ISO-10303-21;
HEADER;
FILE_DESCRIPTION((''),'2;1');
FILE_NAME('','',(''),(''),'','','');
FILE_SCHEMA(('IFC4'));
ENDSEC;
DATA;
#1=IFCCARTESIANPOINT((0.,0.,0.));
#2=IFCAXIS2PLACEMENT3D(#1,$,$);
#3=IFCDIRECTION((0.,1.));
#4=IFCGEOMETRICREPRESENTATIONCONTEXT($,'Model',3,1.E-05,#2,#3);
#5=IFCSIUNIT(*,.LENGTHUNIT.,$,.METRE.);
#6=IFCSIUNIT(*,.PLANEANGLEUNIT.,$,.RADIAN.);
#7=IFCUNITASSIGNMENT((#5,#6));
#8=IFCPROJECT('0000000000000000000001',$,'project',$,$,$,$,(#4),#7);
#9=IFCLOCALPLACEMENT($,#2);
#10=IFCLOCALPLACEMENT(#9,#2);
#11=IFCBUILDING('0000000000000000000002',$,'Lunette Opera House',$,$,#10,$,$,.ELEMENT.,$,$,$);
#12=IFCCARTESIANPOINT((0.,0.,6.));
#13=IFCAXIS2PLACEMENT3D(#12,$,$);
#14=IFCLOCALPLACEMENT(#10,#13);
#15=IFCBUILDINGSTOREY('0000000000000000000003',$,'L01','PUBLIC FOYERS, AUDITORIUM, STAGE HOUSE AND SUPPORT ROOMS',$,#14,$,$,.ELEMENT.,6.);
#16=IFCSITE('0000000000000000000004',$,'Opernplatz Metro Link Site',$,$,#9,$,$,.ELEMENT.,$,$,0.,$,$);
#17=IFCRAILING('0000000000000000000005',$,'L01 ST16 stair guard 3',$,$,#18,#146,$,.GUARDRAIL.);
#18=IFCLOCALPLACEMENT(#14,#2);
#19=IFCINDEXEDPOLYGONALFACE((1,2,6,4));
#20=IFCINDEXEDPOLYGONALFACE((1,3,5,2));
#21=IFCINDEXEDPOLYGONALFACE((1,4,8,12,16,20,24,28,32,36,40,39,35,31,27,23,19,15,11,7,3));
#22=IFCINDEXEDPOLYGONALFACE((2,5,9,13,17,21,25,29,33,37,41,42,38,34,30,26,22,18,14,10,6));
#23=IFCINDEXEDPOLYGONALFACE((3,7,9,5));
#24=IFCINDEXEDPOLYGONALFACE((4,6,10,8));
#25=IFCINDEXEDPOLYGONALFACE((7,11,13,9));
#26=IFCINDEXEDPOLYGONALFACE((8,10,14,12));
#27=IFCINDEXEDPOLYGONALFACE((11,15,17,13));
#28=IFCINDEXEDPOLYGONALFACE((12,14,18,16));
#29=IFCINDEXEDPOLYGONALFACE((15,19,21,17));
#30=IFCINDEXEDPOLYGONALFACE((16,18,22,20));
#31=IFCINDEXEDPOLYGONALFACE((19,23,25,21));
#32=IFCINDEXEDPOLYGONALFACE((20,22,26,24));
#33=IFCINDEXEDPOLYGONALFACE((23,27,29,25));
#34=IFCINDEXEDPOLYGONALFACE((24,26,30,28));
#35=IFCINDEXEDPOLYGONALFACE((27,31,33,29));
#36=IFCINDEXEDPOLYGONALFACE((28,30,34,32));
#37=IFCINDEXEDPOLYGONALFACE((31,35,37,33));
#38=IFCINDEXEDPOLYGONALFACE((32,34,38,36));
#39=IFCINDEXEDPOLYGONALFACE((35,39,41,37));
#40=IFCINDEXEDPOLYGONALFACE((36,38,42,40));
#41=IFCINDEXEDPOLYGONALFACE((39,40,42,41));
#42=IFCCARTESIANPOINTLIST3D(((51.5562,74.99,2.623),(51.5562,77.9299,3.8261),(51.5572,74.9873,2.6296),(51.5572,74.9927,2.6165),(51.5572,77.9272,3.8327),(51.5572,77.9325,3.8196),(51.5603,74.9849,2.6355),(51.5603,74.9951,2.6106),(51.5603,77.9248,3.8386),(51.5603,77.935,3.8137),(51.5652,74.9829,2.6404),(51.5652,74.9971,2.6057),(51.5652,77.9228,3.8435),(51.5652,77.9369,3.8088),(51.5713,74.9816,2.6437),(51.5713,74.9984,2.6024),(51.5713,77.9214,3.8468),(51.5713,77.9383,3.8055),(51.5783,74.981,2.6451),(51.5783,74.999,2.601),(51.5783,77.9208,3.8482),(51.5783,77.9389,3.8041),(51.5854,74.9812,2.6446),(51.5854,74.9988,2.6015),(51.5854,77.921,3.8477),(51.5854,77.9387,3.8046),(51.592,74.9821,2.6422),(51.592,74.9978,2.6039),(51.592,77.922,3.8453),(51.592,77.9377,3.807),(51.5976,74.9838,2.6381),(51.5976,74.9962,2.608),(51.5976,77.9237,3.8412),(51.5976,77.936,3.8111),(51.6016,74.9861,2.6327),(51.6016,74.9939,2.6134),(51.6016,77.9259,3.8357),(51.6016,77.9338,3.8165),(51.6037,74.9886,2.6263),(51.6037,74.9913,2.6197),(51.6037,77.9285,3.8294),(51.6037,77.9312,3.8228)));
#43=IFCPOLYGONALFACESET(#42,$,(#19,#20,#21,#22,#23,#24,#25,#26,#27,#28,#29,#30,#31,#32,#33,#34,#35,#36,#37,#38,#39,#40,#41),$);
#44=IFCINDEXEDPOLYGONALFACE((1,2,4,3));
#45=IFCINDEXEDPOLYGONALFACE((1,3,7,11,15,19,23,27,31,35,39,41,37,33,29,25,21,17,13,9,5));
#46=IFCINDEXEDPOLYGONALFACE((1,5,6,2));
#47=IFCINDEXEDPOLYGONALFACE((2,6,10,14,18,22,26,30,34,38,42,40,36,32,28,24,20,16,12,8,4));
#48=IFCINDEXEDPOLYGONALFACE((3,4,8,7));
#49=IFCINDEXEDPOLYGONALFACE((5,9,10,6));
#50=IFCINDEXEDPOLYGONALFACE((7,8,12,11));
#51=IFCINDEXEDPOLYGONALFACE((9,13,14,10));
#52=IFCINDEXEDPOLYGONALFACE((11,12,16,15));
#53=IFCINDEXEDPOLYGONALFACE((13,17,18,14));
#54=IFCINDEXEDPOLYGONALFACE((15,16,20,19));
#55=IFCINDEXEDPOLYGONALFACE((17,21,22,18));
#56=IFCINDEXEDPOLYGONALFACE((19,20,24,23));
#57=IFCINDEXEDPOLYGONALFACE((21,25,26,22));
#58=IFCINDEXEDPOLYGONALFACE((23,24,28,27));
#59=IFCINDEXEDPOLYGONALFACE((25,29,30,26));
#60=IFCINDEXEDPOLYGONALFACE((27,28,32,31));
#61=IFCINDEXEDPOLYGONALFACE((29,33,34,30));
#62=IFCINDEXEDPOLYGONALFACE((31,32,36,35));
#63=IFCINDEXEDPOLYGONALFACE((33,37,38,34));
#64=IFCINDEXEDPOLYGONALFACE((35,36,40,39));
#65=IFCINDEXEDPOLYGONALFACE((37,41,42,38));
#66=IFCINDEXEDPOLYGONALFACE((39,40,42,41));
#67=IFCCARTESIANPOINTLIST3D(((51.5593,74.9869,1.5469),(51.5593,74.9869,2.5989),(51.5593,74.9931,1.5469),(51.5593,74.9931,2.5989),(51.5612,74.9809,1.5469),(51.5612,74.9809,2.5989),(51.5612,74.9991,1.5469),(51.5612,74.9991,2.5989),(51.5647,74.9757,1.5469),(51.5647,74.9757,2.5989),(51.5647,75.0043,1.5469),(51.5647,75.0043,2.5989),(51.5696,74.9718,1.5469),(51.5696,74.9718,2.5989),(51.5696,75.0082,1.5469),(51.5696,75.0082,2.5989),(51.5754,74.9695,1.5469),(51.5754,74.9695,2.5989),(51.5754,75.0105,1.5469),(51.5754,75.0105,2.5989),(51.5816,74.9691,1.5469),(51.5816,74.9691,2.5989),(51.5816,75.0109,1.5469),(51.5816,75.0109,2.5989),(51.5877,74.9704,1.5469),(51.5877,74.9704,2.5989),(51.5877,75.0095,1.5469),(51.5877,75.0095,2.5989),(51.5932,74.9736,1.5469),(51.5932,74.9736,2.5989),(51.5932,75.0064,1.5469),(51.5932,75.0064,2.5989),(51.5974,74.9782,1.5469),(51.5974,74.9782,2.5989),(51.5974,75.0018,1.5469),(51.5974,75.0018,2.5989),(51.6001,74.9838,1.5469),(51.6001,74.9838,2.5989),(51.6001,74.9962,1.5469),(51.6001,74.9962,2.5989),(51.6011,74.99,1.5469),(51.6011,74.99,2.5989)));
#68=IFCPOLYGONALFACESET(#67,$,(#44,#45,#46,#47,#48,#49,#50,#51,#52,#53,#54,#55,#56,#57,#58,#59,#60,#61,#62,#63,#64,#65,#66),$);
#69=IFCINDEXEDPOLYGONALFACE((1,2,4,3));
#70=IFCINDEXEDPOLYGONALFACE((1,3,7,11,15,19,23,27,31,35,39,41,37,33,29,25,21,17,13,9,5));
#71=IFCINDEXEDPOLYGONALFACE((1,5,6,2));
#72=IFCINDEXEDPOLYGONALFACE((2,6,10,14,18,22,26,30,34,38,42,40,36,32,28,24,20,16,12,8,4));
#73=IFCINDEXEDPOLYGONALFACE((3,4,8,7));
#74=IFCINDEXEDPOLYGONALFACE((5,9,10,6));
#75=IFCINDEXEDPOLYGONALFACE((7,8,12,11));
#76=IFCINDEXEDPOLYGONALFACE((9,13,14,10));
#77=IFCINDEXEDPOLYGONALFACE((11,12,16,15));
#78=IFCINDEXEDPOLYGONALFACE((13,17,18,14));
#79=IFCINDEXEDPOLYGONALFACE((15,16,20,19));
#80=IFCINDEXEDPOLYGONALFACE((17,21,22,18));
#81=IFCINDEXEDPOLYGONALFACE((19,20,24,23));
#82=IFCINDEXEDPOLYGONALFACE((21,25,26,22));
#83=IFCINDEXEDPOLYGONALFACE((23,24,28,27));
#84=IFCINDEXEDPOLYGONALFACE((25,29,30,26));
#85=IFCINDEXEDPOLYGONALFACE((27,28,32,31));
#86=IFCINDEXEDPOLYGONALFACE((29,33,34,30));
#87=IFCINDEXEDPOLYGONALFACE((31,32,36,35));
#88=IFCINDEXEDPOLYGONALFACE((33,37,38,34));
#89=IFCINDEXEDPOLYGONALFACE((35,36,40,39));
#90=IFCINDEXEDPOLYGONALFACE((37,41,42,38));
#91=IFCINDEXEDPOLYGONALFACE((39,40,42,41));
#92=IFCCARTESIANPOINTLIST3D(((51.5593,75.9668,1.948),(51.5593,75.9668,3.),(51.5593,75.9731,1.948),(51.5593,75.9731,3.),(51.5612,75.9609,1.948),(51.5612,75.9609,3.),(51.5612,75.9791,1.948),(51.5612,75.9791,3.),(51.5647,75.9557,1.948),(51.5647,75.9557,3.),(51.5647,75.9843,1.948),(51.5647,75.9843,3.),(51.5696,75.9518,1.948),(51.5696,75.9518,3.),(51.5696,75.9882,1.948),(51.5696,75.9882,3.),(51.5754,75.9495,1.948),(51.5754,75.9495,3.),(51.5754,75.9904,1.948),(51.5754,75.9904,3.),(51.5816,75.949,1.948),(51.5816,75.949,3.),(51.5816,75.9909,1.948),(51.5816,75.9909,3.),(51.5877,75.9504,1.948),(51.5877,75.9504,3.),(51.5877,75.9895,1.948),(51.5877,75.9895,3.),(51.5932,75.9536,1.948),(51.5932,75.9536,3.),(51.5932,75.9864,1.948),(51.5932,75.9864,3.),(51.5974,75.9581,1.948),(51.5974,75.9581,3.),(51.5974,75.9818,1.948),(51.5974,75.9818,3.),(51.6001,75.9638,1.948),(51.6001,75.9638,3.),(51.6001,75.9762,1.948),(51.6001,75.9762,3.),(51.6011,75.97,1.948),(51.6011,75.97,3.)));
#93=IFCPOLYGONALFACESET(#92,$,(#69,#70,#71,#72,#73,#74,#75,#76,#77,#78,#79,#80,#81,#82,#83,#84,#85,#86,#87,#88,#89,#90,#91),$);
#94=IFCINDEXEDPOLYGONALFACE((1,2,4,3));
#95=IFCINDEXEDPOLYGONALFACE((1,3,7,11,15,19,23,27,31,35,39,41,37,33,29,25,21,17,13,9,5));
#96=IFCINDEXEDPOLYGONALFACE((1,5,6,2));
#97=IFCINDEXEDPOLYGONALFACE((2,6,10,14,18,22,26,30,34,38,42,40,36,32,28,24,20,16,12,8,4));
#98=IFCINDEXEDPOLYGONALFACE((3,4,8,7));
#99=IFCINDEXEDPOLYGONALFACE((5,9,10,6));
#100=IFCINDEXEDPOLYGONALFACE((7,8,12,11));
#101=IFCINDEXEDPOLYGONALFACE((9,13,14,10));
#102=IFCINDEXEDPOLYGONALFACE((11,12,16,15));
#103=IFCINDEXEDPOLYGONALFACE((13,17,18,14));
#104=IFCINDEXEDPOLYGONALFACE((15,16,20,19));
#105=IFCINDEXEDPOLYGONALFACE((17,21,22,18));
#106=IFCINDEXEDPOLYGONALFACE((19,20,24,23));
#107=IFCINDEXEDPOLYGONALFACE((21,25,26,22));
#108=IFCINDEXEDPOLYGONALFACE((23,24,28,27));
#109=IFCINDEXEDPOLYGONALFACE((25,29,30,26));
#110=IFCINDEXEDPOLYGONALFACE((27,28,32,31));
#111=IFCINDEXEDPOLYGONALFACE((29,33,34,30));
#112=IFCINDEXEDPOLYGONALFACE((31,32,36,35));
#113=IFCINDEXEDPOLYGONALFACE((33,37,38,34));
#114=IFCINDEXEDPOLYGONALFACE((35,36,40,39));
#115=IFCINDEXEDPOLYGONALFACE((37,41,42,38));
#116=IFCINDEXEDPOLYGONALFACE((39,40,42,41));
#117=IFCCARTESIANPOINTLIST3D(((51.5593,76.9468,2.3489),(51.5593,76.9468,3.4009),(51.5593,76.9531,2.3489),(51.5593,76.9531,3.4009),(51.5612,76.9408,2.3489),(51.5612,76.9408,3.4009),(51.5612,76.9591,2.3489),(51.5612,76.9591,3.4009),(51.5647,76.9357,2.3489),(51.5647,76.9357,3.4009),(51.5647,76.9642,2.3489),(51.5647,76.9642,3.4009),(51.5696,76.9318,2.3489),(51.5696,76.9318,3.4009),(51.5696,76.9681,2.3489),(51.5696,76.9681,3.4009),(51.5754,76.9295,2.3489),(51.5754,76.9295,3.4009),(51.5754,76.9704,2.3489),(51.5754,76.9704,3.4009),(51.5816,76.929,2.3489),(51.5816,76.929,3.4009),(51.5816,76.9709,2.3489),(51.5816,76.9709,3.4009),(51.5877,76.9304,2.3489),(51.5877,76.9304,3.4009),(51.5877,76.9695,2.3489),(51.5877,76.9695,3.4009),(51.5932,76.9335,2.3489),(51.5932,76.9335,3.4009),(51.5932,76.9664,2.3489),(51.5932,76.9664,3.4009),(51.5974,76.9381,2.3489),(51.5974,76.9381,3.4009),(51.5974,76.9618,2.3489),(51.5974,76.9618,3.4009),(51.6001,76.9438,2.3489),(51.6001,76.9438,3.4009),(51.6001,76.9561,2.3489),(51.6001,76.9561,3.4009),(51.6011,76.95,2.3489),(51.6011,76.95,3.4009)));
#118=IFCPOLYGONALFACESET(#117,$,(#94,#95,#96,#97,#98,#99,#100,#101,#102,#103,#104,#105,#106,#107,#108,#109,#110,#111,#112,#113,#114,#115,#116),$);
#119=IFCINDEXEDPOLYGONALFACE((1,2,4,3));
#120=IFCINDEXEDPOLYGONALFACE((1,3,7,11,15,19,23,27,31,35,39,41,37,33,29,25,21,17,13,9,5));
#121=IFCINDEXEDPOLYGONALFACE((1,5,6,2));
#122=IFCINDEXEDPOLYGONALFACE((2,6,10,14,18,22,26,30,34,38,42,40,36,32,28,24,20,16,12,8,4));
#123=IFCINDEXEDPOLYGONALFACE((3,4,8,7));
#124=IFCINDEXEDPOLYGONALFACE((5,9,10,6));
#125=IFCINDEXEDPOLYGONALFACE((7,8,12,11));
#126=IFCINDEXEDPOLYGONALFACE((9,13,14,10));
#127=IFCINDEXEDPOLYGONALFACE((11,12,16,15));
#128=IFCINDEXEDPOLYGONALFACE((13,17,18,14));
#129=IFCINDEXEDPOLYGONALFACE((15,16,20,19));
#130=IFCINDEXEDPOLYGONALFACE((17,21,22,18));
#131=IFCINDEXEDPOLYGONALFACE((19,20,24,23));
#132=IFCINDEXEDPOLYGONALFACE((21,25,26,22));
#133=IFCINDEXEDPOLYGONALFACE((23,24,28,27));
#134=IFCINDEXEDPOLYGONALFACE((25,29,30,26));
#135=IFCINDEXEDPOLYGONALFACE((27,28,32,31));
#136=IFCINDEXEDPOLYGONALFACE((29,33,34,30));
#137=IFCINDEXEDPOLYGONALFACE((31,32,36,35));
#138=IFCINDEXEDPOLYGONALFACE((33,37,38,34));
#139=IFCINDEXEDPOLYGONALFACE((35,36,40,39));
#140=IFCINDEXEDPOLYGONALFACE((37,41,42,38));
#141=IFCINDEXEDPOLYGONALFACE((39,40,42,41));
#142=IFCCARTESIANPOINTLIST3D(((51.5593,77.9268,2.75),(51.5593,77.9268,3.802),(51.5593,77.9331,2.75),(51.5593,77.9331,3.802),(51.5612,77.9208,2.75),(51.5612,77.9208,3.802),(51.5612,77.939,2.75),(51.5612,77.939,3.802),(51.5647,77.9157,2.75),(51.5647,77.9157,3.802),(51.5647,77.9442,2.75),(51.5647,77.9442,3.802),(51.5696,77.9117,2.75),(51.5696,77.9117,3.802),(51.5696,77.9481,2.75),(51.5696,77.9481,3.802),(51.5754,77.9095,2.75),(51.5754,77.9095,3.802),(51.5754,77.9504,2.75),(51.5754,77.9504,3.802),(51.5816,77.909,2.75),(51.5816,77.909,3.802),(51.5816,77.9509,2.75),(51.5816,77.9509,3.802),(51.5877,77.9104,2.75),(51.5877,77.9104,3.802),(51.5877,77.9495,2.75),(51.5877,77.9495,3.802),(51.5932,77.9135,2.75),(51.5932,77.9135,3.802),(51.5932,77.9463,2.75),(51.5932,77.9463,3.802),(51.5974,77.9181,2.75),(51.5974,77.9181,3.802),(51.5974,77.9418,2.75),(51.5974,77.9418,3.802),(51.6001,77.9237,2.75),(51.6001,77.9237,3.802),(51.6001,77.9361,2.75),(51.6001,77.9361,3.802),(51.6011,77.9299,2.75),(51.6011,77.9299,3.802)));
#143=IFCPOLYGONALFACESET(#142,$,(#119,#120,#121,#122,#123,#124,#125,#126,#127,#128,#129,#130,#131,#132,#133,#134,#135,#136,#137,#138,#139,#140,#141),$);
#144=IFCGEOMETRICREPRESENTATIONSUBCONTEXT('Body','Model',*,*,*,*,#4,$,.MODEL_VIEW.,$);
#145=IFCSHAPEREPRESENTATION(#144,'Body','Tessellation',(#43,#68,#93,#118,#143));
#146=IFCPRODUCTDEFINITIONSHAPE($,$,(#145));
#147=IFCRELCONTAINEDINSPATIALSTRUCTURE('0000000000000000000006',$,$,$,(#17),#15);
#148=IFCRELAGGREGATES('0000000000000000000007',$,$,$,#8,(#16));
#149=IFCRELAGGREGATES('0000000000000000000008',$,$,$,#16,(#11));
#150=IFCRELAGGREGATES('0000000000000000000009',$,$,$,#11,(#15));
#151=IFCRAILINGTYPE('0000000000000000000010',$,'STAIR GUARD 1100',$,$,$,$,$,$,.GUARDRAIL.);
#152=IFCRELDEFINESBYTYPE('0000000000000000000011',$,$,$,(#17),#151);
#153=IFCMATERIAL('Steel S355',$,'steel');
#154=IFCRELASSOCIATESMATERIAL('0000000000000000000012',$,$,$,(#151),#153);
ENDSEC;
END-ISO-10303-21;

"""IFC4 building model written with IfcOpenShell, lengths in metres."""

from ifc_helpers import new_model, si_unit, direction, frame, origin, origin_2d, place, context, subcontext, project, spatial, circle, extrude, material, type_object, element, save


model = new_model("IFC4")

# Units and contexts
model_context = context("Model", 3, precision=1e-05, world=origin(), true_north=direction((0.0, 1.0)))
body_context = subcontext(model_context, "Body", "Model", "MODEL_VIEW")
ifc_project = project(units=[si_unit("LENGTHUNIT", "METRE"), si_unit("PLANEANGLEUNIT", "RADIAN")], contexts=[model_context])

# Site, building, storey
site_placement = place(None, origin())
site = spatial("IfcSite", under=ifc_project, at=site_placement, Name="Opernplatz Metro Link Site", CompositionType="ELEMENT", RefElevation=0.0)
building_placement = place(site_placement, origin())
building = spatial("IfcBuilding", under=site, at=building_placement, Name="Lunette Opera House", CompositionType="ELEMENT")
storey_placement = place(building_placement, frame((0.0, 0.0, 6.0)))
storey = spatial("IfcBuildingStorey", under=building, at=storey_placement, Name="L01", Description="PUBLIC FOYERS, AUDITORIUM, STAGE HOUSE AND SUPPORT ROOMS", CompositionType="ELEMENT", Elevation=6.0)

# Railing
ifc_material_1 = material(Name="Steel S355", Category="steel")
railing_type_1 = type_object("IfcRailingType", Name="STAIR GUARD 1100", PredefinedType="GUARDRAIL", material=ifc_material_1)
railing_1_placement = place(storey_placement, frame((51.5801, 74.99, 1.5469)))
element("IfcRailing", 1, at=railing_1_placement, inside=storey, type_object=railing_type_1, Name="L01 ST16 stair guard 3", PredefinedType="GUARDRAIL", context=body_context, shape_type="SweptSolid", body=[
    extrude(circle(Radius=0.0239, at=origin_2d()), frame((0.0, 0.0, 1.0762), z_axis=(0.0, 0.9255, 0.378747), x_axis=(-1.0, 0.0, 0.0)), (0.0, 0.0, 1.0), 3.1765),
    extrude(circle(Radius=0.021, at=origin_2d()), origin(), (0.0, 0.0, 1.0), 1.052),
    extrude(circle(Radius=0.021, at=origin_2d()), frame((0.0, 0.98, 0.4011)), (0.0, 0.0, 1.0), 1.052),
    extrude(circle(Radius=0.021, at=origin_2d()), frame((0.0, 1.96, 0.802)), (0.0, 0.0, 1.0), 1.052),
    extrude(circle(Radius=0.021, at=origin_2d()), frame((0.0, 2.9399, 1.2031)), (0.0, 0.0, 1.0), 1.052),
])

save(model, "model.ifc")
